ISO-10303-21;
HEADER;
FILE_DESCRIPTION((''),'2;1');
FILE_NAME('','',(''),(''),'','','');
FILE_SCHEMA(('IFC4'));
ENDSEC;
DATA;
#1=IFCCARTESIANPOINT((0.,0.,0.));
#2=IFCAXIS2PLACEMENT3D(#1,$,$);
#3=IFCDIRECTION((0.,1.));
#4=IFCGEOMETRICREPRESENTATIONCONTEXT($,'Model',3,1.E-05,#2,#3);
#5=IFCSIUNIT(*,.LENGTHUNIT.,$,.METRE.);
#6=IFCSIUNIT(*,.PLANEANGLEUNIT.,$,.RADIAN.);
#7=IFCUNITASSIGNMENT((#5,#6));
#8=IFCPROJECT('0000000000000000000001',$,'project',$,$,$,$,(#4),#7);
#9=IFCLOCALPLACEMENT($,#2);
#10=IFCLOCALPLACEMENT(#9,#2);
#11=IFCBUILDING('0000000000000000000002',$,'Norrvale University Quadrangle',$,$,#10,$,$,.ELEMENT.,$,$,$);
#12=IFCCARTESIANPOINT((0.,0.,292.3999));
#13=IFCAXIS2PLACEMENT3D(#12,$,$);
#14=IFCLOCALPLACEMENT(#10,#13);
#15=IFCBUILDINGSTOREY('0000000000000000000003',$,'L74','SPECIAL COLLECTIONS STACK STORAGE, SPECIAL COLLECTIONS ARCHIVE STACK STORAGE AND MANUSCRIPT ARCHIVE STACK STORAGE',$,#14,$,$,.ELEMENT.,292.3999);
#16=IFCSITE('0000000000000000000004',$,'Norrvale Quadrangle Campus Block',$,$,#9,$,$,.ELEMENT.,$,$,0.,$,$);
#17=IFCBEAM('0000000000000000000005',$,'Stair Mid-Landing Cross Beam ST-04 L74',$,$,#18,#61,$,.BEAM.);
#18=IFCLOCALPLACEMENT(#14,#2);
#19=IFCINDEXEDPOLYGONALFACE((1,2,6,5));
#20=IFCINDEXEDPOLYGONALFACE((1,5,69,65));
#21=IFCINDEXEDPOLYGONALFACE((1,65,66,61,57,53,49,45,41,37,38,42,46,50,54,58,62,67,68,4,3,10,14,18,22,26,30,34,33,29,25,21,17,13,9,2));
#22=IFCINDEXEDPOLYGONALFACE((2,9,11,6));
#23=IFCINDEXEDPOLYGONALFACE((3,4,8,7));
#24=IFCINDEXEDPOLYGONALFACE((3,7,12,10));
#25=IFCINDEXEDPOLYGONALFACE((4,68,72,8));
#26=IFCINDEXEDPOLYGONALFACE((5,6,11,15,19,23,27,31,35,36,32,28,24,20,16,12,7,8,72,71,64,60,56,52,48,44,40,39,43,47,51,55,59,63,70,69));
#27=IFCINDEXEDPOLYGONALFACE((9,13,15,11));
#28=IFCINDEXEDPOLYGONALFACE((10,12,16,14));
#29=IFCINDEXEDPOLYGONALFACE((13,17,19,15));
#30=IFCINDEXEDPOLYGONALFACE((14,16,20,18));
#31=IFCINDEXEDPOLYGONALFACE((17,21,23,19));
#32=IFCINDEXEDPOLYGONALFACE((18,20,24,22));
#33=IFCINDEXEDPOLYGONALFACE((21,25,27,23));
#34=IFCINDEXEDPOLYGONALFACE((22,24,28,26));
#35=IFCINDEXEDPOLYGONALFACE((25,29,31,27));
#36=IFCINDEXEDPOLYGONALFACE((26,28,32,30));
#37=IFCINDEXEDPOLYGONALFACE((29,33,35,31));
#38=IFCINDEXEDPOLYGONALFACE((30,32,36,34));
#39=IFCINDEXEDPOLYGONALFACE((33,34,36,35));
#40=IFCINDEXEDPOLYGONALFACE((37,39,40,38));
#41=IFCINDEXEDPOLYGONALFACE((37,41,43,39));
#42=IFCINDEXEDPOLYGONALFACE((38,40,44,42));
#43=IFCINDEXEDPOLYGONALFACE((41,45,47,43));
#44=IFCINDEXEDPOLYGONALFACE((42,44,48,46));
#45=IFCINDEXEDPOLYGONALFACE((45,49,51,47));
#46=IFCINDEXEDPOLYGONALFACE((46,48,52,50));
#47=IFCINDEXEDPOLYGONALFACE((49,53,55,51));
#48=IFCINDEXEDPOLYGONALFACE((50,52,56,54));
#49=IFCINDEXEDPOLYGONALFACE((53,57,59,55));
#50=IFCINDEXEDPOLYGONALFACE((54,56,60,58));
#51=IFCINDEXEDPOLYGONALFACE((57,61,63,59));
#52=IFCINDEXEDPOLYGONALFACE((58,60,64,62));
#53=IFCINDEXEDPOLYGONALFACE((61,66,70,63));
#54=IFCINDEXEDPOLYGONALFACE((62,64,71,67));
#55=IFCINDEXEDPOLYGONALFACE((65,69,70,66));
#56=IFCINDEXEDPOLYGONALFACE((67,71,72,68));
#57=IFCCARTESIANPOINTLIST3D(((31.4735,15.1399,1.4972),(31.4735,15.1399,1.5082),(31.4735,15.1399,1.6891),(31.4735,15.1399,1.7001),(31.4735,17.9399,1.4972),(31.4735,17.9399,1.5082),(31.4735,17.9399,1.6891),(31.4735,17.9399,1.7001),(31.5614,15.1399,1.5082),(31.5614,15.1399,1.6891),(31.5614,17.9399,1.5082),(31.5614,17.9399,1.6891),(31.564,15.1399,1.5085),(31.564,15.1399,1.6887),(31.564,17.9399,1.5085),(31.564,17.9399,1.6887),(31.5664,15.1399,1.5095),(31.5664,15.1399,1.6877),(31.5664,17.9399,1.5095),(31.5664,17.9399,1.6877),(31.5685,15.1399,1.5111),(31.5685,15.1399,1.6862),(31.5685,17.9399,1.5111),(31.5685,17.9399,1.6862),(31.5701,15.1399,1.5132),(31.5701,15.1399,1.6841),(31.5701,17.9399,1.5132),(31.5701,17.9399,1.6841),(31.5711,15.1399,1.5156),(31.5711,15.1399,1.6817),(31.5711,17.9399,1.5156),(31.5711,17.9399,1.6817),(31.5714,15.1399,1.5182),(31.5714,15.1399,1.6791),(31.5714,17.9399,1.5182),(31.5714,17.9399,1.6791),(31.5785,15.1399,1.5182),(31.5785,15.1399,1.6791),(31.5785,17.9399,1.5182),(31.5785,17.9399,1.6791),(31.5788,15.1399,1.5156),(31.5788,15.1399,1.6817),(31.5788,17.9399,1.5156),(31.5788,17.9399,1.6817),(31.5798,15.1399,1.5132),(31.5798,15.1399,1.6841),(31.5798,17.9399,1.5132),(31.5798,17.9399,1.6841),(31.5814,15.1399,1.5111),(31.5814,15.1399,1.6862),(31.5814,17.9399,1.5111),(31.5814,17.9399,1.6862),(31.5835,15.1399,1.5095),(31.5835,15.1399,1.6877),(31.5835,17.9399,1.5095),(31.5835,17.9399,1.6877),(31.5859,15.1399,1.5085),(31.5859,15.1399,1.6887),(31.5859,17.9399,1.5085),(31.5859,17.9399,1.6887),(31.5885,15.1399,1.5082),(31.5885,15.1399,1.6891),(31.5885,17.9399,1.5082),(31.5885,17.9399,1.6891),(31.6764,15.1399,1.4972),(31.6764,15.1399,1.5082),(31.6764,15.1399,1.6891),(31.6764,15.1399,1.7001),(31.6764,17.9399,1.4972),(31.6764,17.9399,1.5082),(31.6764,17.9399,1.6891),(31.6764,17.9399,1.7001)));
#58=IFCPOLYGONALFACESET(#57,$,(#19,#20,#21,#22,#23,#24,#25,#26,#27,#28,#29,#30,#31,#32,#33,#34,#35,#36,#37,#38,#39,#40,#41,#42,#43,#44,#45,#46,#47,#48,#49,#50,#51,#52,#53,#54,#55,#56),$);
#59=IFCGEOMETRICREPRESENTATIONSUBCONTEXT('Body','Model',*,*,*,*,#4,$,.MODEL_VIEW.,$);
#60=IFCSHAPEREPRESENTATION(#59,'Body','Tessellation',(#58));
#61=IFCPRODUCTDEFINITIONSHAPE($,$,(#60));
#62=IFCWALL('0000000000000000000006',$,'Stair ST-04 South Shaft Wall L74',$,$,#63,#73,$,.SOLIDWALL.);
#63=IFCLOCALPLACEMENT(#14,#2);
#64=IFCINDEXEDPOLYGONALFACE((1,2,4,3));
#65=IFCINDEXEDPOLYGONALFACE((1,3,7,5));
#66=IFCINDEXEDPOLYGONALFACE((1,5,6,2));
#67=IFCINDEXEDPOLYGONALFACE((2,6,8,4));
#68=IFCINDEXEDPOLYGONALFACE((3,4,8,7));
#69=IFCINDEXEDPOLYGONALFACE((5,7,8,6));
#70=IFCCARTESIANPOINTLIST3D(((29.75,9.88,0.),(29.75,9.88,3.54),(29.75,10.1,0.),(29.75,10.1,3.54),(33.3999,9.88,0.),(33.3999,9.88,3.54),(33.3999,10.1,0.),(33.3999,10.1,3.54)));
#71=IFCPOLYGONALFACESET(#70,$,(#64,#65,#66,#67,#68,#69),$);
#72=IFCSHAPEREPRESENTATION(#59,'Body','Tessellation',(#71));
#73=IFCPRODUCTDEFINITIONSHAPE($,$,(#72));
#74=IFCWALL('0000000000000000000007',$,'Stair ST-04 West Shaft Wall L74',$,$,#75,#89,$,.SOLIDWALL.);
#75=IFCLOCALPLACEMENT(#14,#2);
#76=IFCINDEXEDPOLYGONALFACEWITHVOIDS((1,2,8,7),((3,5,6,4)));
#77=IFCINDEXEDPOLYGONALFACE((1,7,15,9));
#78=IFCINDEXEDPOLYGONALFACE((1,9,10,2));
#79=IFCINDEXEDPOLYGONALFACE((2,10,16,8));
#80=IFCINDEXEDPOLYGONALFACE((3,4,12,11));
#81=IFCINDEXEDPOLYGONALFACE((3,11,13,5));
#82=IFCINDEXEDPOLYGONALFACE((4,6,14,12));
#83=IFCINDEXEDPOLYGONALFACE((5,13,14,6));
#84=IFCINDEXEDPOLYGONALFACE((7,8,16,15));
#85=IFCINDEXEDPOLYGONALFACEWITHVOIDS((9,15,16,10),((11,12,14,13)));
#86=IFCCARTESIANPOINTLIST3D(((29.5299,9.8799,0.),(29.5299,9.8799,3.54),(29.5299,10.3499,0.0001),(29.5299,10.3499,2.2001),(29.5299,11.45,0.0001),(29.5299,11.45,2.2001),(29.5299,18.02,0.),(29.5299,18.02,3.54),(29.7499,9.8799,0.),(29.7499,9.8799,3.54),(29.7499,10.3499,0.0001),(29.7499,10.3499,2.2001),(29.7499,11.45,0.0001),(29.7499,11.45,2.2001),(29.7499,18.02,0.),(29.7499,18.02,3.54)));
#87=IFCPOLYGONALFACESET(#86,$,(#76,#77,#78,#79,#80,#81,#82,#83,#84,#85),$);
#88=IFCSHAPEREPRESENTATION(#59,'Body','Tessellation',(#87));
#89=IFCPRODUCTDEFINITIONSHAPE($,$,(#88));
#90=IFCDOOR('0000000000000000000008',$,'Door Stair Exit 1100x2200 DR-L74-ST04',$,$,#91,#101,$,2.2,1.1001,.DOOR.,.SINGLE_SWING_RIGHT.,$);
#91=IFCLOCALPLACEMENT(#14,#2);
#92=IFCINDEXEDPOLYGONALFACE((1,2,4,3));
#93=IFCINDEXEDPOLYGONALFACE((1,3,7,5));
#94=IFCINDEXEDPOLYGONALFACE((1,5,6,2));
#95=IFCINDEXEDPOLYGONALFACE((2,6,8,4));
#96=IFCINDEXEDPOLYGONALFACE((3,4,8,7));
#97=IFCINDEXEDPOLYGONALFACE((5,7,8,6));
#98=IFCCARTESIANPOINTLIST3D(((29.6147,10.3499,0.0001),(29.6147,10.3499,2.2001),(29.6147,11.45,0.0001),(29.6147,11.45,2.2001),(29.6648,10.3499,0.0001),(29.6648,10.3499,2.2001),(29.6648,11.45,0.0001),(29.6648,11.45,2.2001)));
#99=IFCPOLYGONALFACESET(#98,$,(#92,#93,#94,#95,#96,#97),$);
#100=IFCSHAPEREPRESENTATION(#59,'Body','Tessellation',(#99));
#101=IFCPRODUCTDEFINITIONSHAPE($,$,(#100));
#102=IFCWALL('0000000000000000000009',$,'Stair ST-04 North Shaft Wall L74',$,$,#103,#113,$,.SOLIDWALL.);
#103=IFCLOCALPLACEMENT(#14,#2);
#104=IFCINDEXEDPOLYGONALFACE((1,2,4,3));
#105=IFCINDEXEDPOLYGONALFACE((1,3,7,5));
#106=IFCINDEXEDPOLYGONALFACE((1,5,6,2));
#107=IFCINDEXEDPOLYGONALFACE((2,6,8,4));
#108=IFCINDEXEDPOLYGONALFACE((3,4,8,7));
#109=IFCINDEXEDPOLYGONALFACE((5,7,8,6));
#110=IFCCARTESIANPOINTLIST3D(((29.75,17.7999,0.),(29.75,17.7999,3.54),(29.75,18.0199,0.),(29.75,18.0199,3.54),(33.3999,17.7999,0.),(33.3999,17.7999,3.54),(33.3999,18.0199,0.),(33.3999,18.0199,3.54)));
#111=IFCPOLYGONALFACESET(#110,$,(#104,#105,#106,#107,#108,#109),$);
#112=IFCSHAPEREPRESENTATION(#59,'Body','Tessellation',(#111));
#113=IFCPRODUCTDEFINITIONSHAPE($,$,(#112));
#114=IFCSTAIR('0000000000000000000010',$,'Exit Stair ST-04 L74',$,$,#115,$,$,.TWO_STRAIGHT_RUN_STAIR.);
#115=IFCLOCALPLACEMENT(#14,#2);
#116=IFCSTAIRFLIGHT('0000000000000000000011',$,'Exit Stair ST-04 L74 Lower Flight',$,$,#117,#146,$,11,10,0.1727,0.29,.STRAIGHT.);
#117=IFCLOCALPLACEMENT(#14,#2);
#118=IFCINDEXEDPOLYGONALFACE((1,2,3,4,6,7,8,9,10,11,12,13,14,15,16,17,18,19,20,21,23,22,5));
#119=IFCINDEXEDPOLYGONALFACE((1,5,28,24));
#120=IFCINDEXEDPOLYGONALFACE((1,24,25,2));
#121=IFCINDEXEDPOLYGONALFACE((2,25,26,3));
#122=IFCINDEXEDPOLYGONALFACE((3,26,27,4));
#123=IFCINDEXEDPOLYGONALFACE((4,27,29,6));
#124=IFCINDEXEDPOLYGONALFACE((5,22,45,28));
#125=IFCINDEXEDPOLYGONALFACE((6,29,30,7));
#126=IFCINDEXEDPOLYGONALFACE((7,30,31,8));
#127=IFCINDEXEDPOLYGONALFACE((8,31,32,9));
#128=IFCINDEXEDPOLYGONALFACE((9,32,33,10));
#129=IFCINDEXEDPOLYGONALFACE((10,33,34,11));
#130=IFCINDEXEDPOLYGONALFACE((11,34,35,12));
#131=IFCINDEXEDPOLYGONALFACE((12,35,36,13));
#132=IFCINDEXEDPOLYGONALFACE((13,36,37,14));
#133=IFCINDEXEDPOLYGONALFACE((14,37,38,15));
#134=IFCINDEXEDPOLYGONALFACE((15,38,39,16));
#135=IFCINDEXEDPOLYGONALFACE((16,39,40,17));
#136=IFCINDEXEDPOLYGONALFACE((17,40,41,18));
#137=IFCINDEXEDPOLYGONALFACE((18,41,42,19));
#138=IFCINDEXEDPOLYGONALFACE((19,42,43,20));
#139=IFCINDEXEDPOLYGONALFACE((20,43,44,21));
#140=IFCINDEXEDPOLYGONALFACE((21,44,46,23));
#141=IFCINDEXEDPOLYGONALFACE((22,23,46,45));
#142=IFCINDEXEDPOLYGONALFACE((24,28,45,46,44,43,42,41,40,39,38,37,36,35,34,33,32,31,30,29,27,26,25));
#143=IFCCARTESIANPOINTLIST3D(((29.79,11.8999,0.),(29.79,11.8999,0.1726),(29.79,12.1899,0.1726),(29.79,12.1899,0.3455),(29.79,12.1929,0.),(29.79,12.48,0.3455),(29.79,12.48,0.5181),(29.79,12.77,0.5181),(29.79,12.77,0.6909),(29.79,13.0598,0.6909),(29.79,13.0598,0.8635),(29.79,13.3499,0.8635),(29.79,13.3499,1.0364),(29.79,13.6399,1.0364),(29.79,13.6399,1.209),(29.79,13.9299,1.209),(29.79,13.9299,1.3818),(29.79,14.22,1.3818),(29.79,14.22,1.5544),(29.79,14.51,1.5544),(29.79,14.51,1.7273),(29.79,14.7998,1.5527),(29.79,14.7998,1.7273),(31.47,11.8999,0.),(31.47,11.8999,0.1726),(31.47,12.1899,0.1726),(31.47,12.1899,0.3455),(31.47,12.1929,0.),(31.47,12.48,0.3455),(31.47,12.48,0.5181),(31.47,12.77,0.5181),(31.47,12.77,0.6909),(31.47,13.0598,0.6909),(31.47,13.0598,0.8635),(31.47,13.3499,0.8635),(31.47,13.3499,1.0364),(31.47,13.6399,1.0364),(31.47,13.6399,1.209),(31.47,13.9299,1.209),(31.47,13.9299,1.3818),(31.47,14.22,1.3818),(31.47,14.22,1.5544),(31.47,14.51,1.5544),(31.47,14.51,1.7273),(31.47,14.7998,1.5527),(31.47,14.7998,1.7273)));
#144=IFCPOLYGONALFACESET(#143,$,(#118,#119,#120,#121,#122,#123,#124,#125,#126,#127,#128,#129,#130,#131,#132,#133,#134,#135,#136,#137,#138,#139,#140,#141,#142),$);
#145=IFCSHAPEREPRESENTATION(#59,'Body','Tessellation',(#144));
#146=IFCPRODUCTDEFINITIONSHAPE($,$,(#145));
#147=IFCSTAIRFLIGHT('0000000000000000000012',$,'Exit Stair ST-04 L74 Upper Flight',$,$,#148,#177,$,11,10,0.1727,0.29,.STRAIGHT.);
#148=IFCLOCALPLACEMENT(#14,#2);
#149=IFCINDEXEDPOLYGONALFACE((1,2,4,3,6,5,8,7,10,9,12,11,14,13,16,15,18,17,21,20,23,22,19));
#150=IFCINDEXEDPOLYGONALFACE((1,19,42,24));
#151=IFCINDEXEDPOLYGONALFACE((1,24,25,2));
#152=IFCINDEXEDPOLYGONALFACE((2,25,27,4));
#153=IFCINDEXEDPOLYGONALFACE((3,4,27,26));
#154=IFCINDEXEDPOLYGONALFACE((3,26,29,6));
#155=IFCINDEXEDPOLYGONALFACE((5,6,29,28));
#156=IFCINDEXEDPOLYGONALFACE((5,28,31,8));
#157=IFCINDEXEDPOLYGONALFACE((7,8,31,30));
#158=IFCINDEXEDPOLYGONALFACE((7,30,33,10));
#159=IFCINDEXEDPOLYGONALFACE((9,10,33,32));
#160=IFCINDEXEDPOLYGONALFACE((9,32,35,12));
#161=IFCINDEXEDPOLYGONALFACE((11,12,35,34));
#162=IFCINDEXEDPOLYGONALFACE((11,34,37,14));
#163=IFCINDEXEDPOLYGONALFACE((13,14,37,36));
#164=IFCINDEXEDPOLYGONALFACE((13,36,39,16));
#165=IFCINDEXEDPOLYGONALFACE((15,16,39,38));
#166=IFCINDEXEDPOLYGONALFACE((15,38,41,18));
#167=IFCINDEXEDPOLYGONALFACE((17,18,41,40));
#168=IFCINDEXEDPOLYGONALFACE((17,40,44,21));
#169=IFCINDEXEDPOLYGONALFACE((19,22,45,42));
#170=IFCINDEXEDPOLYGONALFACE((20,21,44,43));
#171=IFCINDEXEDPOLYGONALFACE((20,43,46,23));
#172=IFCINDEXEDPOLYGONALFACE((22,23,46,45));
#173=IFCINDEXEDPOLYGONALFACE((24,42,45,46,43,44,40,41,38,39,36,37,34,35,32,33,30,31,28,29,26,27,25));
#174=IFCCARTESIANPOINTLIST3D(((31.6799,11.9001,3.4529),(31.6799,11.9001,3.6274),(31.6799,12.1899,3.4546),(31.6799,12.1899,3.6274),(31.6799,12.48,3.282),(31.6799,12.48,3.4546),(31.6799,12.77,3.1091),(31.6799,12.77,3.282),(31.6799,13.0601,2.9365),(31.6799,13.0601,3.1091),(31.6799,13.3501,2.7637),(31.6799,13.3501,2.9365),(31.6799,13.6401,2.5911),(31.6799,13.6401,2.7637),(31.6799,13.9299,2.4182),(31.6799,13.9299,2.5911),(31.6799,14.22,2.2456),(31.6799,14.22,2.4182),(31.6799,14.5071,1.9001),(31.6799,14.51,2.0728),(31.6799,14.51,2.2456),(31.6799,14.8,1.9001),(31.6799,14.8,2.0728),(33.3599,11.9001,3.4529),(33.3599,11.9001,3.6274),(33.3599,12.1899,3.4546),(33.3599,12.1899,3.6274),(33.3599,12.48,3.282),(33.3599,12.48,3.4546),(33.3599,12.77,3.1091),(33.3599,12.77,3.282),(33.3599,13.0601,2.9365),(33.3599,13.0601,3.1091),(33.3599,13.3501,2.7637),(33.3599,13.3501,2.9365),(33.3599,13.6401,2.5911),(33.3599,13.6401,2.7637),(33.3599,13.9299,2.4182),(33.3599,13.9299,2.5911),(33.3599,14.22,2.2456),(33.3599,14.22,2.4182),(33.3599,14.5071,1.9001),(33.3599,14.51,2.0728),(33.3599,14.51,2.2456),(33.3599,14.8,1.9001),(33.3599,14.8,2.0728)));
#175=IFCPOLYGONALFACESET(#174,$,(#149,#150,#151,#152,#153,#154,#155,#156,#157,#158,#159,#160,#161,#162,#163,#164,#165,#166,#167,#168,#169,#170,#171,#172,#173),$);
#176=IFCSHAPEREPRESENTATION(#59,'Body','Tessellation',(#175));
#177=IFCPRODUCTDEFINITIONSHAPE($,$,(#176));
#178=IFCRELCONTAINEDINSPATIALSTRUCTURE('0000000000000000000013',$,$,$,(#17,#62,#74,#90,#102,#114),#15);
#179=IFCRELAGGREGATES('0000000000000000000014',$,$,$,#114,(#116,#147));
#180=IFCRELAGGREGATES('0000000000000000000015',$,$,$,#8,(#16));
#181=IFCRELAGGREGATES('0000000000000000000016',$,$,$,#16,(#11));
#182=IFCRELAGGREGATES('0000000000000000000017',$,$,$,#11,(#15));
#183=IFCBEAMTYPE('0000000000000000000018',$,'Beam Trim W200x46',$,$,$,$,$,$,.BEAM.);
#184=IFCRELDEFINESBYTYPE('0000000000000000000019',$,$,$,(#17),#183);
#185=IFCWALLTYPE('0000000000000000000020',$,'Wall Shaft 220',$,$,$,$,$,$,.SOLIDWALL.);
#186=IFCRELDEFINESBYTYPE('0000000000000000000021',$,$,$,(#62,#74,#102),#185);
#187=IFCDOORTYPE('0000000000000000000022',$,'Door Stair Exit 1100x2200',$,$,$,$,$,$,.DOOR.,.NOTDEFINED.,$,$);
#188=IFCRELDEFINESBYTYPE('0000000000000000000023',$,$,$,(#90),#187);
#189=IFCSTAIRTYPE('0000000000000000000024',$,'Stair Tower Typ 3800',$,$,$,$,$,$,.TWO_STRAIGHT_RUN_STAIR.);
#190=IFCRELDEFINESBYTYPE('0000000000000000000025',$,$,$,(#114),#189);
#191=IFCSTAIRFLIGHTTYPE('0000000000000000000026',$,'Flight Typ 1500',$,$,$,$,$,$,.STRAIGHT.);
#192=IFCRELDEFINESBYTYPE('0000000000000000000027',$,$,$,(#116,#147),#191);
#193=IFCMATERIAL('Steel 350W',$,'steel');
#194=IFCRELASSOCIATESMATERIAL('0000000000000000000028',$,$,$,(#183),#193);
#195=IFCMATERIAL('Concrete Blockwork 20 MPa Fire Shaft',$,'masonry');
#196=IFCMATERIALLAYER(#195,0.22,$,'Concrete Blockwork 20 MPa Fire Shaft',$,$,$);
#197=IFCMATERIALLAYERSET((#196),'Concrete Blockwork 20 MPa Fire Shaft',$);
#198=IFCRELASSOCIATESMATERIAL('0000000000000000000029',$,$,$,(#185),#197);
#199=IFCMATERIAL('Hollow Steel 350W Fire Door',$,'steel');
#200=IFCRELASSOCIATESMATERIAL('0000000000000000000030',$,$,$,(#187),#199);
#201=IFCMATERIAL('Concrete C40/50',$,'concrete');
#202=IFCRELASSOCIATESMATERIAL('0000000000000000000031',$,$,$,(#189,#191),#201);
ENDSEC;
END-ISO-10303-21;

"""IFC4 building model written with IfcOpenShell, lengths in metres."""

from ifc_helpers import new_model, si_unit, direction, frame, frame_2d, origin, origin_2d, place, context, subcontext, project, spatial, polyline, rectangle, i_section, outline, extrude, material, layer, layer_set, material_profile, profile_set, type_object, element, fill, aggregate, save


model = new_model("IFC4")

# Units and contexts
model_context = context("Model", 3, precision=1e-05, world=origin(), true_north=direction((0.0, 1.0)))
body_context = subcontext(model_context, "Body", "Model", "MODEL_VIEW")
ifc_project = project(units=[si_unit("LENGTHUNIT", "METRE"), si_unit("PLANEANGLEUNIT", "RADIAN")], contexts=[model_context])

# Site, building, storey
site_placement = place(None, origin())
site = spatial("IfcSite", under=ifc_project, at=site_placement, Name="Norrvale Quadrangle Campus Block", CompositionType="ELEMENT", RefElevation=0.0)
building_placement = place(site_placement, origin())
building = spatial("IfcBuilding", under=site, at=building_placement, Name="Norrvale University Quadrangle", CompositionType="ELEMENT")
storey_placement = place(building_placement, frame((0.0, 0.0, 292.3999)))
storey = spatial("IfcBuildingStorey", under=building, at=storey_placement, Name="L74", Description="SPECIAL COLLECTIONS STACK STORAGE, SPECIAL COLLECTIONS ARCHIVE STACK STORAGE AND MANUSCRIPT ARCHIVE STACK STORAGE", CompositionType="ELEMENT", Elevation=292.3999)

# Beam
ifc_material_1 = material(Name="Steel 350W", Category="steel")
ifc_material_profile_1 = material_profile(ifc_material_1, i_section(OverallWidth=0.2029, OverallDepth=0.2029, WebThickness=0.0071, FlangeThickness=0.011, FilletRadius=0.01, at=origin_2d()), Name="Steel 350W")
ifc_profile_set_1 = profile_set([ifc_material_profile_1], Name="Steel 350W")
beam_type_1 = type_object("IfcBeamType", Name="Beam Trim W200x46", PredefinedType="BEAM", material=ifc_profile_set_1)
beam_1_placement = place(storey_placement, frame((31.575, 15.1399, 1.5986), z_axis=(0.0, 1.0, 0.0), x_axis=(-1.0, 0.0, 0.0)))
element("IfcBeam", 1, at=beam_1_placement, inside=storey, type_object=beam_type_1, Name="Stair Mid-Landing Cross Beam ST-04 L74", PredefinedType="BEAM", context=body_context, shape_type="SweptSolid", body=[
    extrude(i_section(OverallWidth=0.2029, OverallDepth=0.2029, WebThickness=0.0071, FlangeThickness=0.011, FilletRadius=0.01, at=origin_2d()), origin(), (0.0, 0.0, 1.0), 2.8),
])

# Wall
ifc_material_2 = material(Name="Concrete Blockwork 20 MPa Fire Shaft", Category="masonry")
ifc_layer = layer(ifc_material_2, 0.22, Name="Concrete Blockwork 20 MPa Fire Shaft")
ifc_layer_set = layer_set([ifc_layer], Name="Concrete Blockwork 20 MPa Fire Shaft")
wall_type = type_object("IfcWallType", Name="Wall Shaft 220", PredefinedType="SOLIDWALL", material=ifc_layer_set)
wall_1_placement = place(storey_placement, frame((29.75, 9.99, 0.0), z_axis=(0.0, 0.0, 1.0), x_axis=(1.0, 0.0, 0.0)))
element("IfcWall", 2, at=wall_1_placement, inside=storey, type_object=wall_type, Name="Stair ST-04 South Shaft Wall L74", PredefinedType="SOLIDWALL", context=body_context, shape_type="SweptSolid", body=[
    extrude(rectangle(XDim=3.6499, YDim=0.22, at=frame_2d((1.825, 0.0))), origin(), (0.0, 0.0, 1.0), 3.54),
])

# Wall, opening, door
wall_2_placement = place(storey_placement, frame((29.6399, 9.8799, 0.0), z_axis=(0.0, 0.0, 1.0), x_axis=(0.0, 1.0, 0.0)))
wall_2 = element("IfcWall", 3, at=wall_2_placement, inside=storey, type_object=wall_type, Name="Stair ST-04 West Shaft Wall L74", PredefinedType="SOLIDWALL", context=body_context, shape_type="SweptSolid", body=[
    extrude(rectangle(XDim=8.1401, YDim=0.22, at=frame_2d((4.0701, 0.0))), origin(), (0.0, 0.0, 1.0), 3.54),
])
opening_placement = place(wall_2_placement, frame((0.47, 0.0, 0.0)))
opening = element("IfcOpeningElement", 4, at=opening_placement, cuts=wall_2, PredefinedType="OPENING", context=body_context, shape_type="SweptSolid", body=[
    extrude(rectangle(XDim=1.1001, YDim=2.2, at=frame_2d((0.55, 1.1001))), frame((0.0, 0.1221, 0.0), z_axis=(0.0, -1.0, 0.0), x_axis=(1.0, 0.0, 0.0)), (0.0, 0.0, 1.0), 0.2439),
])
ifc_material_3 = material(Name="Hollow Steel 350W Fire Door", Category="steel")
door_type = type_object("IfcDoorType", Name="Door Stair Exit 1100x2200", OperationType="NOTDEFINED", PredefinedType="DOOR", material=ifc_material_3)
door_placement = place(opening_placement, frame((1.1001, 0.0, 0.0), z_axis=(0.0, 0.0, 1.0), x_axis=(-1.0, 0.0, 0.0)))
door = element("IfcDoor", 5, at=door_placement, inside=storey, type_object=door_type, Name="Door Stair Exit 1100x2200 DR-L74-ST04", OperationType="SINGLE_SWING_RIGHT", OverallHeight=2.2, OverallWidth=1.1001, PredefinedType="DOOR", context=body_context, shape_type="SweptSolid", body=[
    extrude(rectangle(XDim=1.1001, YDim=2.2, at=frame_2d((0.55, 1.1001))), frame((0.0, 0.0249, 0.0), z_axis=(0.0, -1.0, 0.0), x_axis=(1.0, 0.0, 0.0)), (0.0, 0.0, 1.0), 0.05),
])
fill(opening, door)

# Wall
wall_3_placement = place(storey_placement, frame((29.75, 17.9099, 0.0), z_axis=(0.0, 0.0, 1.0), x_axis=(1.0, 0.0, 0.0)))
element("IfcWall", 6, at=wall_3_placement, inside=storey, type_object=wall_type, Name="Stair ST-04 North Shaft Wall L74", PredefinedType="SOLIDWALL", context=body_context, shape_type="SweptSolid", body=[
    extrude(rectangle(XDim=3.6499, YDim=0.22, at=frame_2d((1.825, 0.0))), origin(), (0.0, 0.0, 1.0), 3.54),
])

# Stair, stair flights
ifc_material_4 = material(Name="Concrete C40/50", Category="concrete")
stair_type = type_object("IfcStairType", Name="Stair Tower Typ 3800", PredefinedType="TWO_STRAIGHT_RUN_STAIR", material=ifc_material_4)
stair_placement = place(storey_placement, origin())
stair = element("IfcStair", 7, at=stair_placement, inside=storey, type_object=stair_type, Name="Exit Stair ST-04 L74", PredefinedType="TWO_STRAIGHT_RUN_STAIR")
stair_flight_type = type_object("IfcStairFlightType", Name="Flight Typ 1500", PredefinedType="STRAIGHT", material=ifc_material_4)
stair_flight_1_placement = place(storey_placement, frame((30.6299, 11.8999, 0.0), z_axis=(0.0, 0.0, 1.0), x_axis=(0.0, 1.0, 0.0)))
stair_flight_1 = element("IfcStairFlight", 8, at=stair_flight_1_placement, type_object=stair_flight_type, Name="Exit Stair ST-04 L74 Lower Flight", NumberOfRisers=11, NumberOfTreads=10, PredefinedType="STRAIGHT", RiserHeight=0.1727, TreadLength=0.29, context=body_context, shape_type="SweptSolid", body=[
    extrude(outline(polyline([(0.0, 0.0), (0.0, 0.1726), (0.29, 0.1726), (0.29, 0.3455), (0.5801, 0.3455), (0.5801, 0.5181), (0.8701, 0.5181), (0.8701, 0.6909), (1.1599, 0.6909), (1.1599, 0.8635), (1.45, 0.8635), (1.45, 1.0364), (1.74, 1.0364), (1.74, 1.209), (2.03, 1.209), (2.03, 1.3818), (2.3201, 1.3818), (2.3201, 1.5544), (2.6101, 1.5544), (2.6101, 1.7273), (2.8999, 1.7273), (2.8999, 1.8999), (2.8999, 1.5527), (0.293, 0.0), (0.0, 0.0)])), frame((0.0, 0.8398, 0.0), z_axis=(0.0, -1.0, 0.0), x_axis=(1.0, 0.0, 0.0)), (0.0, 0.0, 1.0), 1.6799),
])
stair_flight_2_placement = place(storey_placement, frame((32.52, 14.8, 1.9001), z_axis=(0.0, 0.0, 1.0), x_axis=(0.0, -1.0, 0.0)))
stair_flight_2 = element("IfcStairFlight", 9, at=stair_flight_2_placement, type_object=stair_flight_type, Name="Exit Stair ST-04 L74 Upper Flight", NumberOfRisers=11, NumberOfTreads=10, PredefinedType="STRAIGHT", RiserHeight=0.1727, TreadLength=0.29, context=body_context, shape_type="SweptSolid", body=[
    extrude(outline(polyline([(0.0, 0.0), (0.0, 0.1726), (0.29, 0.1726), (0.29, 0.3455), (0.5801, 0.3455), (0.5801, 0.5181), (0.8701, 0.5181), (0.8701, 0.6909), (1.1599, 0.6909), (1.1599, 0.8635), (1.45, 0.8635), (1.45, 1.0364), (1.74, 1.0364), (1.74, 1.209), (2.03, 1.209), (2.03, 1.3818), (2.3201, 1.3818), (2.3201, 1.5544), (2.6101, 1.5544), (2.6101, 1.7273), (2.8999, 1.7273), (2.8999, 1.8999), (2.8999, 1.5527), (0.293, 0.0), (0.0, 0.0)])), frame((0.0, 0.8398, 0.0), z_axis=(0.0, -1.0, 0.0), x_axis=(1.0, 0.0, 0.0)), (0.0, 0.0, 1.0), 1.6799),
])
aggregate(stair, [stair_flight_1, stair_flight_2])

save(model, "model.ifc")
